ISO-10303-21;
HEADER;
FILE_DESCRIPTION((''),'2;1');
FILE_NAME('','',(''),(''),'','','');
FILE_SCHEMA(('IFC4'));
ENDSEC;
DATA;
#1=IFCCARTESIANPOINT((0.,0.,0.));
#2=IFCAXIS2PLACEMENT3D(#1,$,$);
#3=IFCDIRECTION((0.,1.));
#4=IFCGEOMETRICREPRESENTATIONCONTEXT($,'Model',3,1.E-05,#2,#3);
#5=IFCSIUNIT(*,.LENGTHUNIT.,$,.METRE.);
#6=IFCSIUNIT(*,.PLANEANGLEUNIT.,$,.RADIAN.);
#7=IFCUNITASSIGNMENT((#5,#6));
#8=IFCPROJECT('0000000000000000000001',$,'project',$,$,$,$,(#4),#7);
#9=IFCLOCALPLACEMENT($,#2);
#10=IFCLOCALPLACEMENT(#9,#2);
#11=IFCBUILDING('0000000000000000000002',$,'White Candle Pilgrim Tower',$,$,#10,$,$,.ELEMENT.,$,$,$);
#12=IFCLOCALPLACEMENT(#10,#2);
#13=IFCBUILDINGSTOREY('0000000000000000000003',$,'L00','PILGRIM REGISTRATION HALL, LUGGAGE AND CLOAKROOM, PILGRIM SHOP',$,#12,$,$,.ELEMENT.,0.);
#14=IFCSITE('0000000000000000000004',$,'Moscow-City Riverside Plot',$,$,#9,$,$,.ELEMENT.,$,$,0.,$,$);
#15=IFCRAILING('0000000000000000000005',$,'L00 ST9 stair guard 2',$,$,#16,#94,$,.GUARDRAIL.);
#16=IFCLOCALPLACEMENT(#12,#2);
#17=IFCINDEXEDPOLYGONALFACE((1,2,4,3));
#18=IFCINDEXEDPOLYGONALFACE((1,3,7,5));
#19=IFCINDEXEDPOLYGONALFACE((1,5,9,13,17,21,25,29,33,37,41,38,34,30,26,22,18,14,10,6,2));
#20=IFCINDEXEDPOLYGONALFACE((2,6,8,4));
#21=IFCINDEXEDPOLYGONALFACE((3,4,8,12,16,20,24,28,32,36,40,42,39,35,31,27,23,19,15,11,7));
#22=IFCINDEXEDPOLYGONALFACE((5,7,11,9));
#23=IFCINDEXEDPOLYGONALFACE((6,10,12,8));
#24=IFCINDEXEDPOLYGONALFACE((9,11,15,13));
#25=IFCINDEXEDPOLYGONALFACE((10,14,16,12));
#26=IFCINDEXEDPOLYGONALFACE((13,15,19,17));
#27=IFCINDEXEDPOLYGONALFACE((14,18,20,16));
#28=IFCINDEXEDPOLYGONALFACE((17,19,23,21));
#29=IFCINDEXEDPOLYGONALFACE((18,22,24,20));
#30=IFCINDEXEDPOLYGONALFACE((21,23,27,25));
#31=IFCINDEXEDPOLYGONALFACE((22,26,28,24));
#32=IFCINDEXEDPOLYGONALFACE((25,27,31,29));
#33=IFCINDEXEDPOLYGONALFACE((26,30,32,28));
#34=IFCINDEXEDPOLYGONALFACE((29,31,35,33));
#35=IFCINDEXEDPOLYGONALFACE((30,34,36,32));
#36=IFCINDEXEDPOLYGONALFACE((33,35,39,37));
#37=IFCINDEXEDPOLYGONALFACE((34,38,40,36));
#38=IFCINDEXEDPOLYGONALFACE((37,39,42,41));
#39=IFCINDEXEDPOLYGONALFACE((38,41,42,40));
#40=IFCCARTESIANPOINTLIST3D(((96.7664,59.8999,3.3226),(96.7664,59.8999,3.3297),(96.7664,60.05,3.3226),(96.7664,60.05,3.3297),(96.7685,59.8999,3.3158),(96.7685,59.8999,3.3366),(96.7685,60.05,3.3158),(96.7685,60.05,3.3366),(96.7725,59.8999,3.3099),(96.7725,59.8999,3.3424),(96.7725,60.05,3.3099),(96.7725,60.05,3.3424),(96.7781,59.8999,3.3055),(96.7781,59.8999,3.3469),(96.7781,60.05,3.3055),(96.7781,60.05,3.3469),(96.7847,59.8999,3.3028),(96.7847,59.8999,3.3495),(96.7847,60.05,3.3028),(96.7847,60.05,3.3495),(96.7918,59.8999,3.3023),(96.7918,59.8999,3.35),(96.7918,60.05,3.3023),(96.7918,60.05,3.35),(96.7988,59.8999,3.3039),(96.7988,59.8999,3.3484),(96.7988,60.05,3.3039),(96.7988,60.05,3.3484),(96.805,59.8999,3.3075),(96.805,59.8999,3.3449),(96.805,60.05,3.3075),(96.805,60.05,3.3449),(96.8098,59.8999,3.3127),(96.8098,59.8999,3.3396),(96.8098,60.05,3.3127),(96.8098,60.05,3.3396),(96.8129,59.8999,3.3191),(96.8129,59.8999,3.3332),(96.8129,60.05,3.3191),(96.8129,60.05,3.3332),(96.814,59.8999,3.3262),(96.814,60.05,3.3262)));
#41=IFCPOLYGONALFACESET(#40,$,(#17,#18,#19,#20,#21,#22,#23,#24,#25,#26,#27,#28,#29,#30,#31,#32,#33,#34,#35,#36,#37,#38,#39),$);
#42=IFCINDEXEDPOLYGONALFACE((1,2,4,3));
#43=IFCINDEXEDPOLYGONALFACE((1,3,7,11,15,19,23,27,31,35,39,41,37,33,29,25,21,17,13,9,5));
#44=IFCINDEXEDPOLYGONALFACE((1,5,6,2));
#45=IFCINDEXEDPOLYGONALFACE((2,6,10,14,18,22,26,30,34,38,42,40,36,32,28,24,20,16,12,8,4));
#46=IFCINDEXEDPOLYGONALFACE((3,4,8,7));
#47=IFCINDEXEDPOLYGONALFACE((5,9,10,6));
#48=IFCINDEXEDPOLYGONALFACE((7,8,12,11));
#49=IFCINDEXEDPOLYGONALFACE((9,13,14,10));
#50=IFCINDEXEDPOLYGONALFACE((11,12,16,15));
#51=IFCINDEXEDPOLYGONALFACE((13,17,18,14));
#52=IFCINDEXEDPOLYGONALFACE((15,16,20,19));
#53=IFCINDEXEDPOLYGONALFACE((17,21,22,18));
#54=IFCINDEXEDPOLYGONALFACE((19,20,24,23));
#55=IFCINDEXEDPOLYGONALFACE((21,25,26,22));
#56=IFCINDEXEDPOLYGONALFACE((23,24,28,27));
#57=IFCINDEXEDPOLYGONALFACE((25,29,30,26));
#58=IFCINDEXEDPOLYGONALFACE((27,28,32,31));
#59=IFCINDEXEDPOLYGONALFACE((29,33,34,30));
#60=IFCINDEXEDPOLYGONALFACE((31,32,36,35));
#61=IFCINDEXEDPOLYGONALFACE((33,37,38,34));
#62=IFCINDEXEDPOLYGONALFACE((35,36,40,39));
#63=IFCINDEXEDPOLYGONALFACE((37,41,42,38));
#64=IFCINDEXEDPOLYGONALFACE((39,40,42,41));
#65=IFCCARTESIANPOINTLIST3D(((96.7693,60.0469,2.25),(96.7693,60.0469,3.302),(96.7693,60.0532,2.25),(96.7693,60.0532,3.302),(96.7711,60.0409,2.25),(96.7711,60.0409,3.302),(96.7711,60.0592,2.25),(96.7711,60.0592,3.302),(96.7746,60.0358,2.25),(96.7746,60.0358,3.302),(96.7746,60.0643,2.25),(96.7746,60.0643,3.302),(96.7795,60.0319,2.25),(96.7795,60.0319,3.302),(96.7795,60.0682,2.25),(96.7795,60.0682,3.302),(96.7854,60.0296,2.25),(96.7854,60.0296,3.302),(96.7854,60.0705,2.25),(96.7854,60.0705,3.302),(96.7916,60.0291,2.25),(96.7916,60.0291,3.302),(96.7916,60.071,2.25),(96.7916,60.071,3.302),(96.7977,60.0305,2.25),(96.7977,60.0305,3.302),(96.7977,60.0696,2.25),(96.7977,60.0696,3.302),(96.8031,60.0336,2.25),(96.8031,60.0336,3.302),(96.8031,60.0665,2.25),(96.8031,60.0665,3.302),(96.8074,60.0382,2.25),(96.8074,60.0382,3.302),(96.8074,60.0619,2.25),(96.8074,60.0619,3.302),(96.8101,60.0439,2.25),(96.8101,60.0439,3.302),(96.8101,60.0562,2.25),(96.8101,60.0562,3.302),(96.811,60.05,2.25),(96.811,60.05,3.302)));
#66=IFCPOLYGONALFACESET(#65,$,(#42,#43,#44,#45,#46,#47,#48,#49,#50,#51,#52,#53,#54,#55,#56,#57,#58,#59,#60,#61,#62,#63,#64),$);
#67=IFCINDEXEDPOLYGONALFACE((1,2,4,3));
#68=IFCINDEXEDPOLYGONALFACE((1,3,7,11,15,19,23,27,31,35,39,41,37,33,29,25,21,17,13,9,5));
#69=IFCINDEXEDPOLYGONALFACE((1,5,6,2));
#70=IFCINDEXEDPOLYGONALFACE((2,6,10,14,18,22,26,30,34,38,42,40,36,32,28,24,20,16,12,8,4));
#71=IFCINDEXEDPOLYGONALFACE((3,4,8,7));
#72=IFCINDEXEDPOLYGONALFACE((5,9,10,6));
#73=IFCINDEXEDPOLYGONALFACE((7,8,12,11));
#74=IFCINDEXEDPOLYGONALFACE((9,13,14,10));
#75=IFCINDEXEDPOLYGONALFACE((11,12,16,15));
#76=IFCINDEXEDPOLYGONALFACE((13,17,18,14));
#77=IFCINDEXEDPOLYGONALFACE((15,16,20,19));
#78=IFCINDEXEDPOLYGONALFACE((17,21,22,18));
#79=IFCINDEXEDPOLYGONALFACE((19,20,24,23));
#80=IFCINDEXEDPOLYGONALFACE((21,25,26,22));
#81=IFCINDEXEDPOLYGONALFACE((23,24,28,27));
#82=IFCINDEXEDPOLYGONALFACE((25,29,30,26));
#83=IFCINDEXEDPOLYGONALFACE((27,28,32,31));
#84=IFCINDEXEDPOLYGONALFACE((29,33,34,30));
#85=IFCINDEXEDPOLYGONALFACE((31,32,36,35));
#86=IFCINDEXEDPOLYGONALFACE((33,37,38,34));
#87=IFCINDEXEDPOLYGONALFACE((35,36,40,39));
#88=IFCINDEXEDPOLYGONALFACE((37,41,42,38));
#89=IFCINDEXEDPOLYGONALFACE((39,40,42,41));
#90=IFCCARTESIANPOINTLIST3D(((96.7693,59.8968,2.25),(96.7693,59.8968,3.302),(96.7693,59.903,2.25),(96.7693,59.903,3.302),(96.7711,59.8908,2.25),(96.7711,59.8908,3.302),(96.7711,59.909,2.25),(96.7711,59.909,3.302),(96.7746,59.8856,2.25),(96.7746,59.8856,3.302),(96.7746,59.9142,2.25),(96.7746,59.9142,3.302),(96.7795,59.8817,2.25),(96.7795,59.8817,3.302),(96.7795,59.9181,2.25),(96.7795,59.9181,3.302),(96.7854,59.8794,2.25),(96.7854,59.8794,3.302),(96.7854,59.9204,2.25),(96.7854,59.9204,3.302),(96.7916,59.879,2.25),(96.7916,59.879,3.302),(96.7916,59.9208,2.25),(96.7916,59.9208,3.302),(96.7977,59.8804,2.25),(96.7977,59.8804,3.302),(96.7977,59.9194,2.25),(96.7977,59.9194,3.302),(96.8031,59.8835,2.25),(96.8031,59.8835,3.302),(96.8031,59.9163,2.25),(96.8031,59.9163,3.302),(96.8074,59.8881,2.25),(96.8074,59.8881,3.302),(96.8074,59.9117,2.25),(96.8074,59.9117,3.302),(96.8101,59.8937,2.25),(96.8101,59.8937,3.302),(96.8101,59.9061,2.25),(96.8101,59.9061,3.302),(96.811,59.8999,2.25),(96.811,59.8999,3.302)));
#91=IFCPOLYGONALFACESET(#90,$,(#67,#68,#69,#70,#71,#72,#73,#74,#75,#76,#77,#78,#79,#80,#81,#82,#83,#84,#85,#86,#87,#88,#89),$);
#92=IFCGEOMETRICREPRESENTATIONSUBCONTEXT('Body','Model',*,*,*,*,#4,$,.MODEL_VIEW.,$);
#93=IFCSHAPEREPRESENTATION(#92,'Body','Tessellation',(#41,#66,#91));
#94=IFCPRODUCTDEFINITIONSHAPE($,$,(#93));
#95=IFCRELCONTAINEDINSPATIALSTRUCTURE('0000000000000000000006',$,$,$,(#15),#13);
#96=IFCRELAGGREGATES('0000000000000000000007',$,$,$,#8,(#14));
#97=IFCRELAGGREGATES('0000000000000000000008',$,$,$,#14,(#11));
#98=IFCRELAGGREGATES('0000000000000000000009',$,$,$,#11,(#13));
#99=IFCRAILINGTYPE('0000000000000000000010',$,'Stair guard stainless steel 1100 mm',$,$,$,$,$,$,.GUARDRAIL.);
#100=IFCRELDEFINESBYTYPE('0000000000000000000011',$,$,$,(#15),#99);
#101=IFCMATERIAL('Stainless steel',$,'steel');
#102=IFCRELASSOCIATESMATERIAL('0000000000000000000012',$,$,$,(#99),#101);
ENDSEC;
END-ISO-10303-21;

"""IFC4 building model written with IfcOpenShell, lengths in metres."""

from ifc_helpers import new_model, si_unit, direction, frame, origin, origin_2d, place, context, subcontext, project, spatial, circle, extrude, material, type_object, element, save


model = new_model("IFC4")

# Units and contexts
model_context = context("Model", 3, precision=1e-05, world=origin(), true_north=direction((0.0, 1.0)))
body_context = subcontext(model_context, "Body", "Model", "MODEL_VIEW")
ifc_project = project(units=[si_unit("LENGTHUNIT", "METRE"), si_unit("PLANEANGLEUNIT", "RADIAN")], contexts=[model_context])

# Site, building, storey
site_placement = place(None, origin())
site = spatial("IfcSite", under=ifc_project, at=site_placement, Name="Moscow-City Riverside Plot", CompositionType="ELEMENT", RefElevation=0.0)
building_placement = place(site_placement, origin())
building = spatial("IfcBuilding", under=site, at=building_placement, Name="White Candle Pilgrim Tower", CompositionType="ELEMENT")
storey_placement = place(building_placement, origin())
storey = spatial("IfcBuildingStorey", under=building, at=storey_placement, Name="L00", Description="PILGRIM REGISTRATION HALL, LUGGAGE AND CLOAKROOM, PILGRIM SHOP", CompositionType="ELEMENT", Elevation=0.0)

# Railing
ifc_material_1 = material(Name="Stainless steel", Category="steel")
railing_type_1 = type_object("IfcRailingType", Name="Stair guard stainless steel 1100 mm", PredefinedType="GUARDRAIL", material=ifc_material_1)
railing_1_placement = place(storey_placement, frame((96.79, 60.05, 2.25)))
element("IfcRailing", 1, at=railing_1_placement, inside=storey, type_object=railing_type_1, Name="L00 ST9 stair guard 2", PredefinedType="GUARDRAIL", context=body_context, shape_type="SweptSolid", body=[
    extrude(circle(Radius=0.0239, at=origin_2d()), frame((0.0, 0.0, 1.0762), z_axis=(0.0, -1.0, 0.0), x_axis=(1.0, 0.0, 0.0)), (0.0, 0.0, 1.0), 0.1501),
    extrude(circle(Radius=0.021, at=origin_2d()), origin(), (0.0, 0.0, 1.0), 1.052),
    extrude(circle(Radius=0.021, at=origin_2d()), frame((0.0, -0.1501, 0.0)), (0.0, 0.0, 1.0), 1.052),
])

save(model, "model.ifc")
